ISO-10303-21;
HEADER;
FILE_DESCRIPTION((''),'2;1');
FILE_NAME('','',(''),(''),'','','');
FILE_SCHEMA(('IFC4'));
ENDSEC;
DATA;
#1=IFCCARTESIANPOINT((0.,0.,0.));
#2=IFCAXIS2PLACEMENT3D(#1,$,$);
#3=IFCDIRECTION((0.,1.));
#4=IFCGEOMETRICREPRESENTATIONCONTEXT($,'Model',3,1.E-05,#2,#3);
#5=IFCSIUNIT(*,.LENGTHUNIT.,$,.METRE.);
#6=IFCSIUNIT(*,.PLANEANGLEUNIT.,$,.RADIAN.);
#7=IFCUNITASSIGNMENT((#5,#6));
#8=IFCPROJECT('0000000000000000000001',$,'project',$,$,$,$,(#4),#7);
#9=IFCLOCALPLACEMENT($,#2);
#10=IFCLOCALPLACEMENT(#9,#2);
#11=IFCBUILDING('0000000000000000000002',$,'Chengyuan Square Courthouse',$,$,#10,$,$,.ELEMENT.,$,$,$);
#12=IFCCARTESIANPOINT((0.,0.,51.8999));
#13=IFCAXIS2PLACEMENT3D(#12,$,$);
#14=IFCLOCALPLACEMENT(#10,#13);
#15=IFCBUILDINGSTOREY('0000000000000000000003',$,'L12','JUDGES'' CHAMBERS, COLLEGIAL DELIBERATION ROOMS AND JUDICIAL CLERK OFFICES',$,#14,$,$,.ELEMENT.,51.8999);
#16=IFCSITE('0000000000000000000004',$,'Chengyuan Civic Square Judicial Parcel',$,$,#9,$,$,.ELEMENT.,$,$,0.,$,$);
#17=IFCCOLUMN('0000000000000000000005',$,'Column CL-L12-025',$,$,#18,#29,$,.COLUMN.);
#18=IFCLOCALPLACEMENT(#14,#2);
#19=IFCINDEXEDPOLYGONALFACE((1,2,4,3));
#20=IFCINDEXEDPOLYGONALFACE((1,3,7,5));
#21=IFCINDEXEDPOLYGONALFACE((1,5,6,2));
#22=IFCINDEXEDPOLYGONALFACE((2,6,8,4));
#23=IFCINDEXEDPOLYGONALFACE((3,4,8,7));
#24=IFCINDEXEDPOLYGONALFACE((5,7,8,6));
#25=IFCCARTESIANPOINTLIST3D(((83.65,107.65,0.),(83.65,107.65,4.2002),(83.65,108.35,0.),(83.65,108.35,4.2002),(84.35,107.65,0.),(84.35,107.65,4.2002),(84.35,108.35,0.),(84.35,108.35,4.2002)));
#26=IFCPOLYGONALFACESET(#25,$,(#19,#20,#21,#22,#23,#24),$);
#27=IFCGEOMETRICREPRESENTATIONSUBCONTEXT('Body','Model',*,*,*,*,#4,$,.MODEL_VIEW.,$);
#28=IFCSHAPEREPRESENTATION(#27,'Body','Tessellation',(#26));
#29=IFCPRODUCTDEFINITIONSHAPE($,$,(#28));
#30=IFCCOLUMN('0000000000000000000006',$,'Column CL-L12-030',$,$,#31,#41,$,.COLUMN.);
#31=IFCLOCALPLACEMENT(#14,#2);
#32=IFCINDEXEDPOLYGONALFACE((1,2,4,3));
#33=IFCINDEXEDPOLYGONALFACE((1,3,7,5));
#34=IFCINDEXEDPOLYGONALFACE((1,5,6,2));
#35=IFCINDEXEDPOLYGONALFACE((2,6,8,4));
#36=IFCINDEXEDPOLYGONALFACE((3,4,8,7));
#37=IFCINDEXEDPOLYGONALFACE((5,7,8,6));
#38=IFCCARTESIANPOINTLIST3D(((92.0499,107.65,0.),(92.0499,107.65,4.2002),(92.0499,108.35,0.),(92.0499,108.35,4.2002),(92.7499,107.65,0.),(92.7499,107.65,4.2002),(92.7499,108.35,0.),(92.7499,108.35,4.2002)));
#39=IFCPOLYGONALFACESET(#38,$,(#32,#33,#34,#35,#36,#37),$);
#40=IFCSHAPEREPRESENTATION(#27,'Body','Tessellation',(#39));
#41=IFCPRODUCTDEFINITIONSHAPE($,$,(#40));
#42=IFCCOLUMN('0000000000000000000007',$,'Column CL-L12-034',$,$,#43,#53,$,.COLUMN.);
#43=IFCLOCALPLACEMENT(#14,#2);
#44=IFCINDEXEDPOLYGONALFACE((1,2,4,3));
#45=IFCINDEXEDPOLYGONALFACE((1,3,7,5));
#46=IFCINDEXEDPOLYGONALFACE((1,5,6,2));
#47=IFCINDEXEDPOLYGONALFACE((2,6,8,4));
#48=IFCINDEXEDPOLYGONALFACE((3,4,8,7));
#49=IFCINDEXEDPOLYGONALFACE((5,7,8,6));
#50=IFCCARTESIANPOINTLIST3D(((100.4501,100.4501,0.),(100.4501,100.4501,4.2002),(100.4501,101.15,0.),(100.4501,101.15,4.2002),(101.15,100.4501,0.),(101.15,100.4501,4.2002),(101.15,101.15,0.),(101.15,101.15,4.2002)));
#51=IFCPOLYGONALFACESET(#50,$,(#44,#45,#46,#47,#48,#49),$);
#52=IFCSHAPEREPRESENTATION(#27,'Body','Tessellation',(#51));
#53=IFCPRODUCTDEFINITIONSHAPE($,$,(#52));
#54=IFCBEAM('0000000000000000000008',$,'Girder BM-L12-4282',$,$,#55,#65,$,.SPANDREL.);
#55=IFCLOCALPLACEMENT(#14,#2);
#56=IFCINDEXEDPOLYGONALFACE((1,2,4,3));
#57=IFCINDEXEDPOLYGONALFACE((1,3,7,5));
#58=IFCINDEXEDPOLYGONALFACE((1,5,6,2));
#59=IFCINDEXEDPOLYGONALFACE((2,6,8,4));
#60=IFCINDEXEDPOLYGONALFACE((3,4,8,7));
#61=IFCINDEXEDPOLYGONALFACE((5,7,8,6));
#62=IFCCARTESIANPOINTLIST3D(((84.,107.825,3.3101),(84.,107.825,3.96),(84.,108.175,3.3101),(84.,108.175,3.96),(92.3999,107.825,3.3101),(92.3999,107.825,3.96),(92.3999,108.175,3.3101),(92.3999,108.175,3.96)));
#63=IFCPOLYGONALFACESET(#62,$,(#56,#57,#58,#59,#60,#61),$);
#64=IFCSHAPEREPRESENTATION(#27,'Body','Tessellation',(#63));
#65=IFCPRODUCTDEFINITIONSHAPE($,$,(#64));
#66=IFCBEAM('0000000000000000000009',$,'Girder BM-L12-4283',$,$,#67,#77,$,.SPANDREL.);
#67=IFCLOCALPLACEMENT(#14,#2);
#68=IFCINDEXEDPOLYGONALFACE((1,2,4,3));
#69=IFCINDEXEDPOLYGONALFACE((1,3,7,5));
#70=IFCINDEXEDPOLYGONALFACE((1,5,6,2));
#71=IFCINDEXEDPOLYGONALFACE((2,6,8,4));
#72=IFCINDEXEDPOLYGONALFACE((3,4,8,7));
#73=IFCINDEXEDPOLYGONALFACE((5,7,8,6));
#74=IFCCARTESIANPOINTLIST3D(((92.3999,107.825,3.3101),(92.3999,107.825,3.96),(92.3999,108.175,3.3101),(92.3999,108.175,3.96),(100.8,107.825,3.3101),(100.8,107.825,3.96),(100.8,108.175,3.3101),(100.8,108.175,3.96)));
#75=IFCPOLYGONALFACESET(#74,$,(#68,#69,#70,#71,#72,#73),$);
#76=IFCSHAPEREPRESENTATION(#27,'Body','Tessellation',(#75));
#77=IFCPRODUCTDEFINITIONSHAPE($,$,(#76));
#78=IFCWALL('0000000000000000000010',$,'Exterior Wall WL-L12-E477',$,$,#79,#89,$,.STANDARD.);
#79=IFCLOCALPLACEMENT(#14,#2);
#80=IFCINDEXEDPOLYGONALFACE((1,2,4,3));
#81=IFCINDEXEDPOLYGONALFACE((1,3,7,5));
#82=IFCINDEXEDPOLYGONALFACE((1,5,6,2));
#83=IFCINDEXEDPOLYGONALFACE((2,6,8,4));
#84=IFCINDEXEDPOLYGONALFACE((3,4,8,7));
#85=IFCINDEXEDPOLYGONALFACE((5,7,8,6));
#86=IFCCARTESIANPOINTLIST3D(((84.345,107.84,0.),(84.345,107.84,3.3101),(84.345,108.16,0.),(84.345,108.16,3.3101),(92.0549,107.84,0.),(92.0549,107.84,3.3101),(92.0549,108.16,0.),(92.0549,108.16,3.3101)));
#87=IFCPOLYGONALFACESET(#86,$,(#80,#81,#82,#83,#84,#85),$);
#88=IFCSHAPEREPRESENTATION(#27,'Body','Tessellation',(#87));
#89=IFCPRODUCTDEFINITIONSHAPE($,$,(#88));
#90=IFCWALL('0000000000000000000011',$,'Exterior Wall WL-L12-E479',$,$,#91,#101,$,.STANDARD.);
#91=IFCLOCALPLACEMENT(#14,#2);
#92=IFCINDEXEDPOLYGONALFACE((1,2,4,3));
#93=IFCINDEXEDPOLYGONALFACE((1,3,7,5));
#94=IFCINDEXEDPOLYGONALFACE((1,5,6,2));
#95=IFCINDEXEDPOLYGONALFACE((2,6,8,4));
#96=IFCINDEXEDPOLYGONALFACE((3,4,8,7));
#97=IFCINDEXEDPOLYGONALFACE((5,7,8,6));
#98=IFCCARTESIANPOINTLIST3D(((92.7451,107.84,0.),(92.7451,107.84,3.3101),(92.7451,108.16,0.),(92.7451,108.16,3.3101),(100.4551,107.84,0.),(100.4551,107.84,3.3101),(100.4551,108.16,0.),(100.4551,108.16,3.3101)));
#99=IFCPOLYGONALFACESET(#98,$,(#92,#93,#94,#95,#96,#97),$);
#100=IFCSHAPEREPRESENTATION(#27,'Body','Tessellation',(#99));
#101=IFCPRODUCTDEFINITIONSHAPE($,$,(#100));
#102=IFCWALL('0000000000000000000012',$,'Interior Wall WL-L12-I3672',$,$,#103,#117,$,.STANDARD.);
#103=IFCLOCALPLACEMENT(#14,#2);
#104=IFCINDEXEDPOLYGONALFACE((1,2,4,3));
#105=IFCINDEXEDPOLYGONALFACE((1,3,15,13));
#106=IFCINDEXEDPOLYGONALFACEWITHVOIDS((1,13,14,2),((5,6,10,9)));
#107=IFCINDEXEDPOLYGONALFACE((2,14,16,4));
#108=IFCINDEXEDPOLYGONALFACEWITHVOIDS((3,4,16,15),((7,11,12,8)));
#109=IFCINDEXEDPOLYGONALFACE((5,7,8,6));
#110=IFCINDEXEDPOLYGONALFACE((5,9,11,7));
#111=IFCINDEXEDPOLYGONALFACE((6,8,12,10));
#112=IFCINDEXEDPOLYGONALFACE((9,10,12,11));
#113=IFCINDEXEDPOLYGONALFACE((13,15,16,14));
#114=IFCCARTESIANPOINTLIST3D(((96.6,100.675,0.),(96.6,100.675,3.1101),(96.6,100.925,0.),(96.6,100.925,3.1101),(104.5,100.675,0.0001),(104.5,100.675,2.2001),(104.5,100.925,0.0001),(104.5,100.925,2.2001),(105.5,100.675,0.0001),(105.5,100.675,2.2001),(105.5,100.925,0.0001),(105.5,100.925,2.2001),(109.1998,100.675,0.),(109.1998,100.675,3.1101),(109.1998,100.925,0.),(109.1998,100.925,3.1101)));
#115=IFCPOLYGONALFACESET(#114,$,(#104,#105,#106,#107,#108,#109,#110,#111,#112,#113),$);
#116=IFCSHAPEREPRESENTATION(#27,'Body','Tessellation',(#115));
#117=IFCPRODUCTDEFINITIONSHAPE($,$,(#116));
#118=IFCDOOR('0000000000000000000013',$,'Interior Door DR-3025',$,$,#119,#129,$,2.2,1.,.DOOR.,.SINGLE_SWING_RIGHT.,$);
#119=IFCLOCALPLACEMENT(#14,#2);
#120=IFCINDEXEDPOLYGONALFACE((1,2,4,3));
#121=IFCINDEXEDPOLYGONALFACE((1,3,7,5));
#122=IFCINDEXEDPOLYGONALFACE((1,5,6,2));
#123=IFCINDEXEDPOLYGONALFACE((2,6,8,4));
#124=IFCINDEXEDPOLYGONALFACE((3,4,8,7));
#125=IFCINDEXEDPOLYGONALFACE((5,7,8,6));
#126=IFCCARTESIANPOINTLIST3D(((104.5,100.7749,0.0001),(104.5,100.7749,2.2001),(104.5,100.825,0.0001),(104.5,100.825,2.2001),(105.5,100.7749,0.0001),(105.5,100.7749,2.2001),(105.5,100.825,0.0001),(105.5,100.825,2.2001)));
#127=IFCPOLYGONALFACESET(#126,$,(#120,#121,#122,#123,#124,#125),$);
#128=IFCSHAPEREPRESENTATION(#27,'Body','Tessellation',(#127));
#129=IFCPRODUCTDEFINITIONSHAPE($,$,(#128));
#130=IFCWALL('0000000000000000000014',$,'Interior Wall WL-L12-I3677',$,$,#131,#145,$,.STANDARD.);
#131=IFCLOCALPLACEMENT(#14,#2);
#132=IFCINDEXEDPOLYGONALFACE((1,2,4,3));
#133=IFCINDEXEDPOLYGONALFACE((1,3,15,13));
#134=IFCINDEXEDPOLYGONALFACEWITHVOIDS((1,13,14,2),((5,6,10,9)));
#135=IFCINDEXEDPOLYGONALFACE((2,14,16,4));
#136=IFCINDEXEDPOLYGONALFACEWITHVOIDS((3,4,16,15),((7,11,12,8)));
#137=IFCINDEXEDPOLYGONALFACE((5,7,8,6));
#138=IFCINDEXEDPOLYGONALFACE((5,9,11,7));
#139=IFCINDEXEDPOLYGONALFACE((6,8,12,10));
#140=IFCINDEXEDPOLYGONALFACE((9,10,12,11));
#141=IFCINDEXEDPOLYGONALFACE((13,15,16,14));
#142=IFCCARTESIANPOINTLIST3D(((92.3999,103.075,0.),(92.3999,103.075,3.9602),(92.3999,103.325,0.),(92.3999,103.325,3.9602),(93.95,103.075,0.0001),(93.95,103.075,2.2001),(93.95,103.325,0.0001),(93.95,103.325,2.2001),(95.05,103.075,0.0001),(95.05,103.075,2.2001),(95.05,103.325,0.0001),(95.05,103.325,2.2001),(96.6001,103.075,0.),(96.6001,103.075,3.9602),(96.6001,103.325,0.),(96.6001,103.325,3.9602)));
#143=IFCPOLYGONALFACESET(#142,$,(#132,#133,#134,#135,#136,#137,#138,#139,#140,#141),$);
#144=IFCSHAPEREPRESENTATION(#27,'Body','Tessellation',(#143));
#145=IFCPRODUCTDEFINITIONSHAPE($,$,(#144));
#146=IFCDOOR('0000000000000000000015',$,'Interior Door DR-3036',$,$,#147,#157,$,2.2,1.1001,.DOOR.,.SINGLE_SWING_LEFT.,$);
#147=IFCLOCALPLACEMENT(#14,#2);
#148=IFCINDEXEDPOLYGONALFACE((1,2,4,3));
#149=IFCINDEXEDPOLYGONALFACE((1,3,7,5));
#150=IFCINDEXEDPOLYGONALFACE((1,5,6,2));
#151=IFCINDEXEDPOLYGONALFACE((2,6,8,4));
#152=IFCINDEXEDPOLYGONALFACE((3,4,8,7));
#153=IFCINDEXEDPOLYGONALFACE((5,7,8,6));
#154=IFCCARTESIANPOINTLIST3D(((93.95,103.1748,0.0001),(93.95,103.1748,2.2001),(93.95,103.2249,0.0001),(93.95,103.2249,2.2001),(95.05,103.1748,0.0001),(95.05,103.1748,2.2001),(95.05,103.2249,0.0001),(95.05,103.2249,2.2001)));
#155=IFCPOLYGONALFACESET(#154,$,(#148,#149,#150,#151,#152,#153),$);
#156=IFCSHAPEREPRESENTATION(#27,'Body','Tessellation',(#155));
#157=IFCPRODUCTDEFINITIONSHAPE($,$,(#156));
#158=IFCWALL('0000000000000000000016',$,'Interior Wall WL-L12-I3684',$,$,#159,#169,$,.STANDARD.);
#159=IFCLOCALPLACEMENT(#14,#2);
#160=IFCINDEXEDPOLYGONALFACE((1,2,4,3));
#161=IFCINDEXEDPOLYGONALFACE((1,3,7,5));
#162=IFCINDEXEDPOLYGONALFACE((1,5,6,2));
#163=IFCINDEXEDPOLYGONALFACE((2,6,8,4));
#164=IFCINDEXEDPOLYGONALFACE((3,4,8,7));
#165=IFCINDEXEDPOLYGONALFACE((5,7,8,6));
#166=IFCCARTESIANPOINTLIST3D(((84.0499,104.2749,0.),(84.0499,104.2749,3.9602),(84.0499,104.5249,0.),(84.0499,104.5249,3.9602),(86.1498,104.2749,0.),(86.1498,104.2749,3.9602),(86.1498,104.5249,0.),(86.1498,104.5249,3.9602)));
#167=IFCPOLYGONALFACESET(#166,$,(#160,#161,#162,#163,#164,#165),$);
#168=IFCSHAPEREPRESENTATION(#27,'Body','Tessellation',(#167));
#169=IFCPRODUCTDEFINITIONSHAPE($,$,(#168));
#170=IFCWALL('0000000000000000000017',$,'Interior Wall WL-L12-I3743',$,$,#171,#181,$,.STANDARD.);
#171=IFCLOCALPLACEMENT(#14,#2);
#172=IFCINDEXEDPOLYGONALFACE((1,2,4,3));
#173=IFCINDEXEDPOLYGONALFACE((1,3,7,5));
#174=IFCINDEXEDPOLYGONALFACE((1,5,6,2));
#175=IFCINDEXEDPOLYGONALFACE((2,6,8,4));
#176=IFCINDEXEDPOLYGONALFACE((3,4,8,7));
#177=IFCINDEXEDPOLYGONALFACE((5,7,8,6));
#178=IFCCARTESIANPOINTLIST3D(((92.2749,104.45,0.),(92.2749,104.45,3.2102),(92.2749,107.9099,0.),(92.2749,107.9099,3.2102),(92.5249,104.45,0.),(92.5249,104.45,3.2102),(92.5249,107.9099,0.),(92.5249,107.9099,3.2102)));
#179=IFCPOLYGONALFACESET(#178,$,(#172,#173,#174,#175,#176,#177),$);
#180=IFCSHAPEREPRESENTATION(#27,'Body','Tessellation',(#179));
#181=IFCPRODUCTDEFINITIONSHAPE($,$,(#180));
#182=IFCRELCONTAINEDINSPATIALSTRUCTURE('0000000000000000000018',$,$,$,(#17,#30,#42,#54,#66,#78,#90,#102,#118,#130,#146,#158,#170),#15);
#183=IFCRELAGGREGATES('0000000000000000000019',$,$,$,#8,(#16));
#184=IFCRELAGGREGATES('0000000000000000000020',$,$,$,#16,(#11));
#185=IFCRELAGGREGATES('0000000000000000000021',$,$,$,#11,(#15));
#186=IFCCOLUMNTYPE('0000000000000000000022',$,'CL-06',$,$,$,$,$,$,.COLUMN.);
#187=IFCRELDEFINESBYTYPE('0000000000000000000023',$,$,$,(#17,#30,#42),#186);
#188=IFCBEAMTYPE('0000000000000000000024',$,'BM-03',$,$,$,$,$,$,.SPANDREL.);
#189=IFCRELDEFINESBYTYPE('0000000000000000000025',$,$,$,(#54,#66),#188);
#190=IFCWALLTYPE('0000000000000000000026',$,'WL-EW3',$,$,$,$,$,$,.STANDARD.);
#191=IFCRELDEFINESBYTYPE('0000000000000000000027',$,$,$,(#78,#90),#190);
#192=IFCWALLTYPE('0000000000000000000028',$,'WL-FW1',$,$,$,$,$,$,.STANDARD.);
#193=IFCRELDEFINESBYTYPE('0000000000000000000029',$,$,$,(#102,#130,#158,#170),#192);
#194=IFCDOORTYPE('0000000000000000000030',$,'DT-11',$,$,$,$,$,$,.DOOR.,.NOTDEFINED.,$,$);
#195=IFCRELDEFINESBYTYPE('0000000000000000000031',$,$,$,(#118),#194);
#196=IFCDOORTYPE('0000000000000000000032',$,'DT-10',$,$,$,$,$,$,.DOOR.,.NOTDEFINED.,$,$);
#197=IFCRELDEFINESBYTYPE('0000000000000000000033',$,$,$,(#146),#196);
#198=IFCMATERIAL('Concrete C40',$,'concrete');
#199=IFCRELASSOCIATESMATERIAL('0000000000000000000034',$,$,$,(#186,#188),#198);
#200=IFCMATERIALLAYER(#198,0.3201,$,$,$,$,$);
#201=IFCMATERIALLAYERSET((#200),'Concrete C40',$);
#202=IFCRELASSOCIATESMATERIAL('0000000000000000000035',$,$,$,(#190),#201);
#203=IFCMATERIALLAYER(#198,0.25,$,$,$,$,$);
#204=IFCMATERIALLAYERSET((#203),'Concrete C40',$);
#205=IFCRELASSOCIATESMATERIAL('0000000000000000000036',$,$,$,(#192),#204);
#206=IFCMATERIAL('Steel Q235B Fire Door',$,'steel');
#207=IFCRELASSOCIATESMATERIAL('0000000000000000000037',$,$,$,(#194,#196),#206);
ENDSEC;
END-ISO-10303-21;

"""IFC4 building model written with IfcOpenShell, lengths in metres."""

from ifc_helpers import new_model, si_unit, direction, frame, frame_2d, origin, origin_2d, place, context, subcontext, project, spatial, rectangle, extrude, material, layer, layer_set, material_profile, profile_set, type_object, element, fill, save


model = new_model("IFC4")

# Units and contexts
model_context = context("Model", 3, precision=1e-05, world=origin(), true_north=direction((0.0, 1.0)))
body_context = subcontext(model_context, "Body", "Model", "MODEL_VIEW")
ifc_project = project(units=[si_unit("LENGTHUNIT", "METRE"), si_unit("PLANEANGLEUNIT", "RADIAN")], contexts=[model_context])

# Site, building, storey
site_placement = place(None, origin())
site = spatial("IfcSite", under=ifc_project, at=site_placement, Name="Chengyuan Civic Square Judicial Parcel", CompositionType="ELEMENT", RefElevation=0.0)
building_placement = place(site_placement, origin())
building = spatial("IfcBuilding", under=site, at=building_placement, Name="Chengyuan Square Courthouse", CompositionType="ELEMENT")
storey_placement = place(building_placement, frame((0.0, 0.0, 51.8999)))
storey = spatial("IfcBuildingStorey", under=building, at=storey_placement, Name="L12", Description="JUDGES' CHAMBERS, COLLEGIAL DELIBERATION ROOMS AND JUDICIAL CLERK OFFICES", CompositionType="ELEMENT", Elevation=51.8999)

# Columns
ifc_material_1 = material(Name="Concrete C40", Category="concrete")
ifc_material_profile_1 = material_profile(ifc_material_1, rectangle(XDim=0.7, YDim=0.7, at=origin_2d()), Name="RC-COL-700x700")
ifc_profile_set_1 = profile_set([ifc_material_profile_1], Name="Concrete C40")
column_type = type_object("IfcColumnType", Name="CL-06", PredefinedType="COLUMN", material=ifc_profile_set_1)
for number, where, z_axis, x_axis, name in (
    (1, (84.0, 108.0, 0.0), (0.0, 0.0, 1.0), (1.0, 0.0, 0.0), "Column CL-L12-025"),
    (2, (92.3999, 108.0, 0.0), (0.0, 0.0, 1.0), (1.0, 0.0, 0.0), "Column CL-L12-030"),
    (3, (100.8, 100.8, 0.0), (0.0, 0.0, 1.0), (1.0, 0.0, 0.0), "Column CL-L12-034"),
):
    element("IfcColumn", number, at=place(storey_placement, frame(where, z_axis=z_axis, x_axis=x_axis)), inside=storey, type_object=column_type, Name=name, PredefinedType="COLUMN", context=body_context, shape_type="SweptSolid", body=[
        extrude(rectangle(XDim=0.7, YDim=0.7, at=origin_2d()), origin(), (0.0, 0.0, 1.0), 4.2002),
    ])

# Beams
ifc_material_profile_2 = material_profile(ifc_material_1, rectangle(XDim=0.3501, YDim=0.6499, at=origin_2d()), Name="RC-BM-350x650")
ifc_profile_set_2 = profile_set([ifc_material_profile_2], Name="Concrete C40")
beam_type = type_object("IfcBeamType", Name="BM-03", PredefinedType="SPANDREL", material=ifc_profile_set_2)
beam_1_placement = place(storey_placement, frame((84.0, 108.0, 3.635), z_axis=(1.0, 0.0, 0.0), x_axis=(0.0, 1.0, 0.0)))
element("IfcBeam", 4, at=beam_1_placement, inside=storey, type_object=beam_type, Name="Girder BM-L12-4282", PredefinedType="SPANDREL", context=body_context, shape_type="SweptSolid", body=[
    extrude(rectangle(XDim=0.3501, YDim=0.6499, at=origin_2d()), origin(), (0.0, 0.0, 1.0), 8.3999),
])
beam_2_placement = place(storey_placement, frame((92.3999, 108.0, 3.635), z_axis=(1.0, 0.0, 0.0), x_axis=(0.0, 1.0, 0.0)))
element("IfcBeam", 5, at=beam_2_placement, inside=storey, type_object=beam_type, Name="Girder BM-L12-4283", PredefinedType="SPANDREL", context=body_context, shape_type="SweptSolid", body=[
    extrude(rectangle(XDim=0.3501, YDim=0.6499, at=origin_2d()), origin(), (0.0, 0.0, 1.0), 8.4001),
])

# Walls
ifc_layer_1 = layer(ifc_material_1, 0.3201)
ifc_layer_set_1 = layer_set([ifc_layer_1], Name="Concrete C40")
wall_type_1 = type_object("IfcWallType", Name="WL-EW3", PredefinedType="STANDARD", material=ifc_layer_set_1)
for number, where, z_axis, x_axis, name in (
    (6, (84.345, 108.0, 0.0), (0.0, 0.0, 1.0), (1.0, 0.0, 0.0), "Exterior Wall WL-L12-E477"),
    (7, (92.7451, 108.0, 0.0), (0.0, 0.0, 1.0), (1.0, 0.0, 0.0), "Exterior Wall WL-L12-E479"),
):
    element("IfcWall", number, at=place(storey_placement, frame(where, z_axis=z_axis, x_axis=x_axis)), inside=storey, type_object=wall_type_1, Name=name, PredefinedType="STANDARD", context=body_context, shape_type="SweptSolid", body=[
        extrude(rectangle(XDim=7.71, YDim=0.3201, at=frame_2d((3.855, 0.0))), origin(), (0.0, 0.0, 1.0), 3.3101),
    ])

# Walls, openings, doors
ifc_layer_2 = layer(ifc_material_1, 0.25)
ifc_layer_set_2 = layer_set([ifc_layer_2], Name="Concrete C40")
wall_type_2 = type_object("IfcWallType", Name="WL-FW1", PredefinedType="STANDARD", material=ifc_layer_set_2)
wall_1_placement = place(storey_placement, frame((96.6001, 100.8, 0.0), z_axis=(0.0, 0.0, 1.0), x_axis=(1.0, 0.0, 0.0)))
wall_1 = element("IfcWall", 8, at=wall_1_placement, inside=storey, type_object=wall_type_2, Name="Interior Wall WL-L12-I3672", PredefinedType="STANDARD", context=body_context, shape_type="SweptSolid", body=[
    extrude(rectangle(XDim=12.5999, YDim=0.25, at=frame_2d((6.2998, 0.0))), origin(), (0.0, 0.0, 1.0), 3.1101),
])
opening_1_placement = place(wall_1_placement, frame((7.8999, 0.0, 0.0)))
opening_1 = element("IfcOpeningElement", 9, at=opening_1_placement, cuts=wall_1, PredefinedType="OPENING", context=body_context, shape_type="SweptSolid", body=[
    extrude(rectangle(XDim=1.0, YDim=2.2, at=frame_2d((0.5, 1.1001))), frame((0.0, 0.137, 0.0), z_axis=(0.0, -1.0, 0.0), x_axis=(1.0, 0.0, 0.0)), (0.0, 0.0, 1.0), 0.2739),
])
ifc_material_2 = material(Name="Steel Q235B Fire Door", Category="steel")
door_type_1 = type_object("IfcDoorType", Name="DT-11", OperationType="NOTDEFINED", PredefinedType="DOOR", material=ifc_material_2)
door_1_placement = place(opening_1_placement, origin())
door_1 = element("IfcDoor", 10, at=door_1_placement, inside=storey, type_object=door_type_1, Name="Interior Door DR-3025", OperationType="SINGLE_SWING_RIGHT", OverallHeight=2.2, OverallWidth=1.0, PredefinedType="DOOR", context=body_context, shape_type="SweptSolid", body=[
    extrude(rectangle(XDim=1.0, YDim=2.2, at=frame_2d((0.5, 1.1001))), frame((0.0, 0.0249, 0.0), z_axis=(0.0, -1.0, 0.0), x_axis=(1.0, 0.0, 0.0)), (0.0, 0.0, 1.0), 0.05),
])
fill(opening_1, door_1)
wall_2_placement = place(storey_placement, frame((92.3999, 103.2, 0.0), z_axis=(0.0, 0.0, 1.0), x_axis=(1.0, 0.0, 0.0)))
wall_2 = element("IfcWall", 11, at=wall_2_placement, inside=storey, type_object=wall_type_2, Name="Interior Wall WL-L12-I3677", PredefinedType="STANDARD", context=body_context, shape_type="SweptSolid", body=[
    extrude(rectangle(XDim=4.2002, YDim=0.25, at=frame_2d((2.1001, 0.0))), origin(), (0.0, 0.0, 1.0), 3.9602),
])
opening_2_placement = place(wall_2_placement, frame((1.55, 0.0, 0.0)))
opening_2 = element("IfcOpeningElement", 12, at=opening_2_placement, cuts=wall_2, PredefinedType="OPENING", context=body_context, shape_type="SweptSolid", body=[
    extrude(rectangle(XDim=1.1001, YDim=2.2, at=frame_2d((0.55, 1.1001))), frame((0.0, 0.137, 0.0), z_axis=(0.0, -1.0, 0.0), x_axis=(1.0, 0.0, 0.0)), (0.0, 0.0, 1.0), 0.2739),
])
door_type_2 = type_object("IfcDoorType", Name="DT-10", OperationType="NOTDEFINED", PredefinedType="DOOR", material=ifc_material_2)
door_2_placement = place(opening_2_placement, origin())
door_2 = element("IfcDoor", 13, at=door_2_placement, inside=storey, type_object=door_type_2, Name="Interior Door DR-3036", OperationType="SINGLE_SWING_LEFT", OverallHeight=2.2, OverallWidth=1.1001, PredefinedType="DOOR", context=body_context, shape_type="SweptSolid", body=[
    extrude(rectangle(XDim=1.1001, YDim=2.2, at=frame_2d((0.55, 1.1001))), frame((0.0, 0.0249, 0.0), z_axis=(0.0, -1.0, 0.0), x_axis=(1.0, 0.0, 0.0)), (0.0, 0.0, 1.0), 0.05),
])
fill(opening_2, door_2)

# Wall
wall_3_placement = place(storey_placement, frame((84.05, 104.3999, 0.0), z_axis=(0.0, 0.0, 1.0), x_axis=(1.0, 0.0, 0.0)))
element("IfcWall", 14, at=wall_3_placement, inside=storey, type_object=wall_type_2, Name="Interior Wall WL-L12-I3684", PredefinedType="STANDARD", context=body_context, shape_type="SweptSolid", body=[
    extrude(rectangle(XDim=2.0999, YDim=0.25, at=frame_2d((1.0498, 0.0))), origin(), (0.0, 0.0, 1.0), 3.9602),
])

# Wall
wall_4_placement = place(storey_placement, frame((92.3999, 104.45, 0.0), z_axis=(0.0, 0.0, 1.0), x_axis=(0.0, 1.0, 0.0)))
element("IfcWall", 15, at=wall_4_placement, inside=storey, type_object=wall_type_2, Name="Interior Wall WL-L12-I3743", PredefinedType="STANDARD", context=body_context, shape_type="SweptSolid", body=[
    extrude(rectangle(XDim=3.46, YDim=0.25, at=frame_2d((1.73, 0.0))), origin(), (0.0, 0.0, 1.0), 3.2102),
])

save(model, "model.ifc")
